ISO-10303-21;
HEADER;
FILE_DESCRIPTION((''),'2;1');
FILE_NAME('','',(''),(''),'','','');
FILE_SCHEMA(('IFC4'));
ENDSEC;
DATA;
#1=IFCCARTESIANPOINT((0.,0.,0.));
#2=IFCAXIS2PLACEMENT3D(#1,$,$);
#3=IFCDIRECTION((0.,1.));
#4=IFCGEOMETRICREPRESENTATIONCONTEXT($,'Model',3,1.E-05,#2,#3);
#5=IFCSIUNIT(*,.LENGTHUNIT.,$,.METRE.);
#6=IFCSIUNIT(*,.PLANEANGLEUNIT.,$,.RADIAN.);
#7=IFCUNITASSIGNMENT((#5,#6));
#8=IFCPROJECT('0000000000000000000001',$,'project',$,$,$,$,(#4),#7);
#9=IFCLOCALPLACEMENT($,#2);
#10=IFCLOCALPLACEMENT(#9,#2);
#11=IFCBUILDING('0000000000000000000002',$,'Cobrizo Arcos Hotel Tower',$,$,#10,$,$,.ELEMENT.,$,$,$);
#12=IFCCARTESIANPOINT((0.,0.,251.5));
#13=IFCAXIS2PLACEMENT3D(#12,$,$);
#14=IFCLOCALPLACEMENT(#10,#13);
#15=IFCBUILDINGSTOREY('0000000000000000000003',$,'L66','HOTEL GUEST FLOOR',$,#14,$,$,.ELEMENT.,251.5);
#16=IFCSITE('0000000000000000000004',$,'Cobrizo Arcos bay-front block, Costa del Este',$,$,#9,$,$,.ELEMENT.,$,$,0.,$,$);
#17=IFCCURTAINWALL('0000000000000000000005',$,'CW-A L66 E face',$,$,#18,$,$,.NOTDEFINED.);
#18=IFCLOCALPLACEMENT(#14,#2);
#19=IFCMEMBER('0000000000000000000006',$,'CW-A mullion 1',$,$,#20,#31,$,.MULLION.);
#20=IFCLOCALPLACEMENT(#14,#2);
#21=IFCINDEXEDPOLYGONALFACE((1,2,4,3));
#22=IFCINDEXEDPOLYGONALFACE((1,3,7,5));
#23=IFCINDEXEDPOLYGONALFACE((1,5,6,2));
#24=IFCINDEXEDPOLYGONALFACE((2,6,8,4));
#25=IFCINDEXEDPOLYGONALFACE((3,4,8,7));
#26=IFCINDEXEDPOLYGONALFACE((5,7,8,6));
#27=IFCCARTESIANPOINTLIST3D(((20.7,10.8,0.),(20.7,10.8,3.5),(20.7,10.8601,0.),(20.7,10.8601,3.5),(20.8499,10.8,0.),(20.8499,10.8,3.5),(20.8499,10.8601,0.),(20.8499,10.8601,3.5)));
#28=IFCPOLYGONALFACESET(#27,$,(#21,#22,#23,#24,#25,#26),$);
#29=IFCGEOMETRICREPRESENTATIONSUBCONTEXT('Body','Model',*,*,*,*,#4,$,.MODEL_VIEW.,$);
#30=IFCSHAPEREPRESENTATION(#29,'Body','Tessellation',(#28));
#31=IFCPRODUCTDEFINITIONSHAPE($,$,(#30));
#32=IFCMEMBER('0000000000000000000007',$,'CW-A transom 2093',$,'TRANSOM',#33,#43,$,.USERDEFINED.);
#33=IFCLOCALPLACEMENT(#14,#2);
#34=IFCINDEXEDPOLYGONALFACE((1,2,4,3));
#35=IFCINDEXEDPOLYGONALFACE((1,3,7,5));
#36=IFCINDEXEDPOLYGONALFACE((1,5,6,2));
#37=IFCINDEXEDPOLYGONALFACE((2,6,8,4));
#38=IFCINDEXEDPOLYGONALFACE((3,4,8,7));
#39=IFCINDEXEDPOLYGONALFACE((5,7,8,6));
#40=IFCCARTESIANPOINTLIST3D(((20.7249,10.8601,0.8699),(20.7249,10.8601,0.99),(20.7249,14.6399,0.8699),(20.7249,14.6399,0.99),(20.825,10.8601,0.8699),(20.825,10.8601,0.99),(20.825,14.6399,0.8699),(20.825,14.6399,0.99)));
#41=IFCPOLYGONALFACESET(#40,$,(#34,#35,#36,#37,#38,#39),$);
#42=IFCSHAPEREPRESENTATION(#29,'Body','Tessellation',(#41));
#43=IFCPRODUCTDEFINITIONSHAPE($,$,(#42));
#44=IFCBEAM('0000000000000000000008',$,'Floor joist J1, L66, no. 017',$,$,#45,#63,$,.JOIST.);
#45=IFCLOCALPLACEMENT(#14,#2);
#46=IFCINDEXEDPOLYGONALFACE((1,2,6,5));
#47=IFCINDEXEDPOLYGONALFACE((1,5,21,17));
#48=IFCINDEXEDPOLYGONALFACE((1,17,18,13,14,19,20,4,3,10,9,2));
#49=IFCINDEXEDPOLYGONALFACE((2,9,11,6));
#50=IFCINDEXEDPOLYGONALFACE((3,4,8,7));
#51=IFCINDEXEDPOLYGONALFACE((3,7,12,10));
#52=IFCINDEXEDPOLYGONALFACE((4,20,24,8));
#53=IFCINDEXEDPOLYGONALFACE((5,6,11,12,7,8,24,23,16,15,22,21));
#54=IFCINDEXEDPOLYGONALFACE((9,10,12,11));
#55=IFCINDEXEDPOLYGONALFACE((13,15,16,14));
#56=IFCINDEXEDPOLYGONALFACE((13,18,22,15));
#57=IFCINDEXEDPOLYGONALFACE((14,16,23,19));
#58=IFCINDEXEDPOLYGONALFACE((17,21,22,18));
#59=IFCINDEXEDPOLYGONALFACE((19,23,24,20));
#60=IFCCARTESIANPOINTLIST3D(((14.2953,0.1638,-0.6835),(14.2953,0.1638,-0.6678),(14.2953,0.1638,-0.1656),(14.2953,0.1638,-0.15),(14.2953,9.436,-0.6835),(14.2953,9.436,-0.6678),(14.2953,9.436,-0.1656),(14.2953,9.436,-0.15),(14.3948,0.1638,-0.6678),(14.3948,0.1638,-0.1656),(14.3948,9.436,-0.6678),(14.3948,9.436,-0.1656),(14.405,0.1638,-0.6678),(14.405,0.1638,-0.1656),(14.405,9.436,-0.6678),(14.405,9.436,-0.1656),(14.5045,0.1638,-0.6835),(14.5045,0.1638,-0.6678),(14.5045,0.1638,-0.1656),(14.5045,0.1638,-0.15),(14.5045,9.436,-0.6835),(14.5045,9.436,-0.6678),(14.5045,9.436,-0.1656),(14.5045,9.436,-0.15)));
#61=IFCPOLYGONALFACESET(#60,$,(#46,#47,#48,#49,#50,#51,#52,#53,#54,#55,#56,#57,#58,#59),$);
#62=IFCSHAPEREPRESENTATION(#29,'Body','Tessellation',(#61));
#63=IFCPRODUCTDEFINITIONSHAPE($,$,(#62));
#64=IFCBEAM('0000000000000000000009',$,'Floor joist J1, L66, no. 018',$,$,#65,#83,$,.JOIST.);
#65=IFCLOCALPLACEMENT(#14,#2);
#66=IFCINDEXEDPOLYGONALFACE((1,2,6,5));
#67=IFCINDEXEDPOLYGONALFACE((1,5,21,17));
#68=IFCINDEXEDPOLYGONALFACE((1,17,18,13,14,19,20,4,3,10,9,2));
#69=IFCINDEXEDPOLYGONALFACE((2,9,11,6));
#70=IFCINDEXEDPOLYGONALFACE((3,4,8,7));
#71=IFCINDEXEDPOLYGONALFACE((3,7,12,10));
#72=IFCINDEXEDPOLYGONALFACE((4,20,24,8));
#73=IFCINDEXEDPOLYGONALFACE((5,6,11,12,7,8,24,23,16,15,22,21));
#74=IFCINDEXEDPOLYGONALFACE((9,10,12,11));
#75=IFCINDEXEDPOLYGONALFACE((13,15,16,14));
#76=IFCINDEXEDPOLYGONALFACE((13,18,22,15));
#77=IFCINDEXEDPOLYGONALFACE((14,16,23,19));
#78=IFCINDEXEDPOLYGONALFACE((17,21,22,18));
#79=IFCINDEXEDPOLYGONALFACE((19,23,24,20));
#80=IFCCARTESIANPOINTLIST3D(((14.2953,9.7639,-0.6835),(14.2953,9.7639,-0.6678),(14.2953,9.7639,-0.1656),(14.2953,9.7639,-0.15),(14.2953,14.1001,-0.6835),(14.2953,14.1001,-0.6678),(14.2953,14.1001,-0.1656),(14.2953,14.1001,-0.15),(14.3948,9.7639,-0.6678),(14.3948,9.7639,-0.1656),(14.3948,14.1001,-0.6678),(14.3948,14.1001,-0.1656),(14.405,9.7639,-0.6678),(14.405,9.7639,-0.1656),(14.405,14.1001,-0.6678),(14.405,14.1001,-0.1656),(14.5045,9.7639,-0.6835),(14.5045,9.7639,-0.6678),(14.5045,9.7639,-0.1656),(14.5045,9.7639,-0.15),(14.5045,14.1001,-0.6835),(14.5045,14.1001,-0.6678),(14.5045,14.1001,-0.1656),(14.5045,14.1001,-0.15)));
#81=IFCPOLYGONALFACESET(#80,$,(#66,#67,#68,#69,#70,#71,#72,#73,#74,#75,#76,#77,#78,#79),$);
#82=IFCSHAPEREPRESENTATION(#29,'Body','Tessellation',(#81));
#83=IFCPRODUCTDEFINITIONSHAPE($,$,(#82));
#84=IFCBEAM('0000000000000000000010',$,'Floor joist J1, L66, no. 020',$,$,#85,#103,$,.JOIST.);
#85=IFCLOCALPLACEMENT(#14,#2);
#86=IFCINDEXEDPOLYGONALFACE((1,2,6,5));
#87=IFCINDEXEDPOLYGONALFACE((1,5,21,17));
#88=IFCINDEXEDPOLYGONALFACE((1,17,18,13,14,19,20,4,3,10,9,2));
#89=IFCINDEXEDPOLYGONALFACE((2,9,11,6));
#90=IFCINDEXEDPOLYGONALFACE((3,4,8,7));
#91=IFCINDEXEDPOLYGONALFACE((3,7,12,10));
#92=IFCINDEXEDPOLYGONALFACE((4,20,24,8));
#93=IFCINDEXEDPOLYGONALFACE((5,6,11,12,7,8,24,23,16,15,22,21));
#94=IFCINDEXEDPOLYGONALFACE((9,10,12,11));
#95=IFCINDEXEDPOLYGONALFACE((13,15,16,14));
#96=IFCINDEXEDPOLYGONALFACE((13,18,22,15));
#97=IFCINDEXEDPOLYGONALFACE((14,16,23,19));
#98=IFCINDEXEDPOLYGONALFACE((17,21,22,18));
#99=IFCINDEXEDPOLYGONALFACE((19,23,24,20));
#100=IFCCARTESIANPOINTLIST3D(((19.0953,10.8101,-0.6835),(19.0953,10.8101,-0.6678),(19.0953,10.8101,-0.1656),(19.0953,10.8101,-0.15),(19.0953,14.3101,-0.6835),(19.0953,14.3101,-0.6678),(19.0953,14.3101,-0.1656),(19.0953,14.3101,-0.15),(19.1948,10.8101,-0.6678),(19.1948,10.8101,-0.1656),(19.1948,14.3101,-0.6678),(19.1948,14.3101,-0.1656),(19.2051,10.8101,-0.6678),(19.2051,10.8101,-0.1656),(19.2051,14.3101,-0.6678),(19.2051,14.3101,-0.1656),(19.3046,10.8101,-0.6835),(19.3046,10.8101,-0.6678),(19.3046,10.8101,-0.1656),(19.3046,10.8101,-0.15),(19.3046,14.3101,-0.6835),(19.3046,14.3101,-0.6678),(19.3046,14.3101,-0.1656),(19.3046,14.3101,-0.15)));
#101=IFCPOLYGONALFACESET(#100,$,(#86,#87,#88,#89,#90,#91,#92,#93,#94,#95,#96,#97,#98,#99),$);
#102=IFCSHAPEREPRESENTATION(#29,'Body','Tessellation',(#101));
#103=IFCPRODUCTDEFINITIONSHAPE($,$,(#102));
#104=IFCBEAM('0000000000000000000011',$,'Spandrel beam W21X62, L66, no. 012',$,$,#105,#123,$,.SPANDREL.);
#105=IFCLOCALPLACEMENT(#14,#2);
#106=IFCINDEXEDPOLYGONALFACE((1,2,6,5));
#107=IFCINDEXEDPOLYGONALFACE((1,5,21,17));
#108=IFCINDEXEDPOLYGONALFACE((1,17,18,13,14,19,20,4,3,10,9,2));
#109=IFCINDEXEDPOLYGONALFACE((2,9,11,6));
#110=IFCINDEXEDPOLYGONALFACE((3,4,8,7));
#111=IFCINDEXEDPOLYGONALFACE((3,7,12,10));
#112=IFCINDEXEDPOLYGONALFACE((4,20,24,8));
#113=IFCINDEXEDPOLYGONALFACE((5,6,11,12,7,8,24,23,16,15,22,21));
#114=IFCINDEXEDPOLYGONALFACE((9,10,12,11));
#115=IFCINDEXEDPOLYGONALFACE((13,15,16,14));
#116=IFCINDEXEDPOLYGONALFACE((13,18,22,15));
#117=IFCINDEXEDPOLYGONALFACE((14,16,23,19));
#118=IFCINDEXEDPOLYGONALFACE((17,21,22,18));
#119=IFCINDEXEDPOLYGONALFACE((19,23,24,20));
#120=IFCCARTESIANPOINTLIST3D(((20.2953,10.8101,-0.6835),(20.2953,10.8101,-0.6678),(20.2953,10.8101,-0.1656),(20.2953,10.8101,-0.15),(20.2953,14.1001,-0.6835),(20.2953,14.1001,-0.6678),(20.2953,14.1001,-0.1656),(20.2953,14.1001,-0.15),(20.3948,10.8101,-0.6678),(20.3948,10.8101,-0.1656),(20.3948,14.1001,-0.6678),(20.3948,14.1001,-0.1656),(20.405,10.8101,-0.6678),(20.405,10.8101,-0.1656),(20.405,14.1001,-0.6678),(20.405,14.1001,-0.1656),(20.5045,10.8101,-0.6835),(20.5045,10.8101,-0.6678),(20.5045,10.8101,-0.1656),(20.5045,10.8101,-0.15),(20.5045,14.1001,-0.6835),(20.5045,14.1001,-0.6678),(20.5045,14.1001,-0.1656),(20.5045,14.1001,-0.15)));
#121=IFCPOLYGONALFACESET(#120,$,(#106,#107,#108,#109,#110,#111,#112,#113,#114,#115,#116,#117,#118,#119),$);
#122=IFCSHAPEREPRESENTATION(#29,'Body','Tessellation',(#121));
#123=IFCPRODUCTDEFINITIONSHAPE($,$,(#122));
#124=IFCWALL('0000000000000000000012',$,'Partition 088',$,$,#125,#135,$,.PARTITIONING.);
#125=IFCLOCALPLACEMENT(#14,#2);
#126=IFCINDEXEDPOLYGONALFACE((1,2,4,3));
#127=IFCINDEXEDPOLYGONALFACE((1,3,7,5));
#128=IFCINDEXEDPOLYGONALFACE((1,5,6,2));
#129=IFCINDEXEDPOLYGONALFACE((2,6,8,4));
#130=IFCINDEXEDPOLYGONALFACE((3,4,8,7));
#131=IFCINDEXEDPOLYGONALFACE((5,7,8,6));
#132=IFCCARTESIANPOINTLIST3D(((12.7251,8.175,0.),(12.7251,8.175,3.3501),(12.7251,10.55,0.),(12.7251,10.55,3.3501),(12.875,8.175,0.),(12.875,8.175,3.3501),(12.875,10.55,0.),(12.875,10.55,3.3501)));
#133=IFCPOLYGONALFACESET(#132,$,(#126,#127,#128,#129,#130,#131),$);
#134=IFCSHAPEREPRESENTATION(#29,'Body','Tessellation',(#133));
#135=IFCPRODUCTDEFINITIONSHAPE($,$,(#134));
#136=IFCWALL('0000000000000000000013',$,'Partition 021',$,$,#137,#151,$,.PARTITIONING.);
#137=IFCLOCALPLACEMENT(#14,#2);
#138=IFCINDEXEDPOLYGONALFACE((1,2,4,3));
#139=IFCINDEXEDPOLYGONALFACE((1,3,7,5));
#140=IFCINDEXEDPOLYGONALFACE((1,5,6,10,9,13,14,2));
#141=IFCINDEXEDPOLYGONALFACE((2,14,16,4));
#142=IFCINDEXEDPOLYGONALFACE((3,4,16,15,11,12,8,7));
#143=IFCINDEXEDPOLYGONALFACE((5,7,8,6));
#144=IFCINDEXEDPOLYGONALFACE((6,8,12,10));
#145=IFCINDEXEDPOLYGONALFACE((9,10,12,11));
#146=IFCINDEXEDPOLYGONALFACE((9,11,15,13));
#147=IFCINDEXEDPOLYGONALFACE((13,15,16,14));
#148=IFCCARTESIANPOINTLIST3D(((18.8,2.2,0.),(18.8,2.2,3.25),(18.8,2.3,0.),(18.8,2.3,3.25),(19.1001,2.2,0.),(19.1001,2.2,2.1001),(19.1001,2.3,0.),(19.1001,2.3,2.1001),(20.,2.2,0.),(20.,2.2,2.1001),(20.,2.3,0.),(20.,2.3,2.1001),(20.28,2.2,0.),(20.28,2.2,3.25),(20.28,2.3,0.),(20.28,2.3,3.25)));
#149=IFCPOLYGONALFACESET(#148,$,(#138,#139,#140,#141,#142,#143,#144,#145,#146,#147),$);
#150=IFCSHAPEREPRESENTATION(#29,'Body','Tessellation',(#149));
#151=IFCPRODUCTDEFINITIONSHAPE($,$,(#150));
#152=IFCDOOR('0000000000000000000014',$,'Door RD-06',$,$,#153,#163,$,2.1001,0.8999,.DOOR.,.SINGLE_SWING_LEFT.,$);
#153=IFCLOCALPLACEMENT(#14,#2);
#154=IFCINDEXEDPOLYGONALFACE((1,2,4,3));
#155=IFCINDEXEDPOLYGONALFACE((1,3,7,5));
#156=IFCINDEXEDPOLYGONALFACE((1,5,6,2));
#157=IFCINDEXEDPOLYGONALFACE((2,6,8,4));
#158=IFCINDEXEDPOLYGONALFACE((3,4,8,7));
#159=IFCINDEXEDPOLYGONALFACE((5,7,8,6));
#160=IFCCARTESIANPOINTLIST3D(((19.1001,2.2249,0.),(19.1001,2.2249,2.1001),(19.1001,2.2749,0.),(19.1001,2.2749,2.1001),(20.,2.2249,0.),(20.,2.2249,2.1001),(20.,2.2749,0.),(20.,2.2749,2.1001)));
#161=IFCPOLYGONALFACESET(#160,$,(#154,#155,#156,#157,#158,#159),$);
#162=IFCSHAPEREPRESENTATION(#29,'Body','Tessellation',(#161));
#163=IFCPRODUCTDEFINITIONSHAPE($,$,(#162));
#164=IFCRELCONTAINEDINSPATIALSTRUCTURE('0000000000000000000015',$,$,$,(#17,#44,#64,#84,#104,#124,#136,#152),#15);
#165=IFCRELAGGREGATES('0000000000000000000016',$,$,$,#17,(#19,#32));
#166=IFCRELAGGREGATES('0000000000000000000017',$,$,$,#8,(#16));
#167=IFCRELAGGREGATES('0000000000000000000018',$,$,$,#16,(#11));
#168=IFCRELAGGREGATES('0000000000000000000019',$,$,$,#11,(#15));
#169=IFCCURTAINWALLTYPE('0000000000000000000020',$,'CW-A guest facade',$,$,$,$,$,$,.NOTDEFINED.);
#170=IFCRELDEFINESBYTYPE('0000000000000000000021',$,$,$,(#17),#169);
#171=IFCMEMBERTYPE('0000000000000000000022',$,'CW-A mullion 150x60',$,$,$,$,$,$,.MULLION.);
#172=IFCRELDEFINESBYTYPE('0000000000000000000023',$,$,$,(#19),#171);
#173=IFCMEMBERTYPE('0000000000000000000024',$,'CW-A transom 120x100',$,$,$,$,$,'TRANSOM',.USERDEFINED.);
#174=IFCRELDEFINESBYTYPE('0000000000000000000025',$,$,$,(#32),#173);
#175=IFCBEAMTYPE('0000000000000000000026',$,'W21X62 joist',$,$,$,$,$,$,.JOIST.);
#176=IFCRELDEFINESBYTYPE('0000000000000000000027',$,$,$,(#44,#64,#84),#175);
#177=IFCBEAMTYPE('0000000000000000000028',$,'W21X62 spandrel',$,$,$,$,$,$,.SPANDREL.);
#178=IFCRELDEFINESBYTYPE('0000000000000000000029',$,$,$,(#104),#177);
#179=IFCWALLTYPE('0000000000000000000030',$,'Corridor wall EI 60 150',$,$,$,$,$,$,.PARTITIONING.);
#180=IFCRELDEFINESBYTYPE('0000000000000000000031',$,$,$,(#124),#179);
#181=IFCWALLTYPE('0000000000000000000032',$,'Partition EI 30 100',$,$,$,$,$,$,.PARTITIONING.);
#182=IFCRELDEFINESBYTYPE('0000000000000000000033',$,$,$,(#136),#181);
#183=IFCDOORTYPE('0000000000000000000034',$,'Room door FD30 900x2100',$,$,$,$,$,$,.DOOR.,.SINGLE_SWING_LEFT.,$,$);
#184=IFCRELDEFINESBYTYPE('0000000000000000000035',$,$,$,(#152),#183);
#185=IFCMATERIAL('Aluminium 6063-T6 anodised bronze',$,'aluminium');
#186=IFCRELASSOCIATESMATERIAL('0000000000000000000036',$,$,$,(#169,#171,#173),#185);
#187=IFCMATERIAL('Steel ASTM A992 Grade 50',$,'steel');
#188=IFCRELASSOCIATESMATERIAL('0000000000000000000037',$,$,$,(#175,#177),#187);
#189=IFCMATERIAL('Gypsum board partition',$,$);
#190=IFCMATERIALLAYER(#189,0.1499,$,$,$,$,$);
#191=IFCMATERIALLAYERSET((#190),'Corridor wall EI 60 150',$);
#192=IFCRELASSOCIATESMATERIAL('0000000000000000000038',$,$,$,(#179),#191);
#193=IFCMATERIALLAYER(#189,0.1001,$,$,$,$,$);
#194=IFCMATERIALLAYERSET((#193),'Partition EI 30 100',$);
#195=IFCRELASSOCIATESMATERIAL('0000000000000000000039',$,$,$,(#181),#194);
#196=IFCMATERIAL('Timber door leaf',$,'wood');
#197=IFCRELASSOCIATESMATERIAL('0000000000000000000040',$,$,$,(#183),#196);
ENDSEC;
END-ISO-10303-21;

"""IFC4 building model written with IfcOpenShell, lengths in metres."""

from ifc_helpers import new_model, si_unit, direction, frame, frame_2d, origin, origin_2d, place, context, subcontext, project, spatial, rectangle, i_section, extrude, material, layer, layer_set, material_profile, profile_set, type_object, element, fill, aggregate, save


model = new_model("IFC4")

# Units and contexts
model_context = context("Model", 3, precision=1e-05, world=origin(), true_north=direction((0.0, 1.0)))
body_context = subcontext(model_context, "Body", "Model", "MODEL_VIEW")
ifc_project = project(units=[si_unit("LENGTHUNIT", "METRE"), si_unit("PLANEANGLEUNIT", "RADIAN")], contexts=[model_context])

# Site, building, storey
site_placement = place(None, origin())
site = spatial("IfcSite", under=ifc_project, at=site_placement, Name="Cobrizo Arcos bay-front block, Costa del Este", CompositionType="ELEMENT", RefElevation=0.0)
building_placement = place(site_placement, origin())
building = spatial("IfcBuilding", under=site, at=building_placement, Name="Cobrizo Arcos Hotel Tower", CompositionType="ELEMENT")
storey_placement = place(building_placement, frame((0.0, 0.0, 251.5)))
storey = spatial("IfcBuildingStorey", under=building, at=storey_placement, Name="L66", Description="HOTEL GUEST FLOOR", CompositionType="ELEMENT", Elevation=251.5)

# Curtain wall, members
ifc_material_1 = material(Name="Aluminium 6063-T6 anodised bronze", Category="aluminium")
curtain_wall_type = type_object("IfcCurtainWallType", Name="CW-A guest facade", PredefinedType="NOTDEFINED", material=ifc_material_1)
curtain_wall_placement = place(storey_placement, origin())
curtain_wall = element("IfcCurtainWall", 1, at=curtain_wall_placement, inside=storey, type_object=curtain_wall_type, Name="CW-A L66 E face", PredefinedType="NOTDEFINED")
ifc_material_profile_1 = material_profile(ifc_material_1, rectangle(XDim=0.1499, YDim=0.0601, at=origin_2d()), Name="CW-A mullion 150x60")
ifc_profile_set_1 = profile_set([ifc_material_profile_1], Name="Aluminium 6063-T6 anodised bronze")
member_type_1 = type_object("IfcMemberType", Name="CW-A mullion 150x60", PredefinedType="MULLION", material=ifc_profile_set_1)
member_1_placement = place(storey_placement, frame((20.7749, 10.8301, 0.0), z_axis=(0.0, 0.0, 1.0), x_axis=(1.0, 0.0, 0.0)))
member_1 = element("IfcMember", 2, at=member_1_placement, type_object=member_type_1, Name="CW-A mullion 1", PredefinedType="MULLION", context=body_context, shape_type="SweptSolid", body=[
    extrude(rectangle(XDim=0.1499, YDim=0.0601, at=origin_2d()), origin(), (0.0, 0.0, 1.0), 3.5),
])
ifc_material_profile_2 = material_profile(ifc_material_1, rectangle(XDim=0.1001, YDim=0.1201, at=origin_2d()), Name="CW-A transom 120x100")
ifc_profile_set_2 = profile_set([ifc_material_profile_2], Name="Aluminium 6063-T6 anodised bronze")
member_type_2 = type_object("IfcMemberType", Name="CW-A transom 120x100", ElementType="TRANSOM", PredefinedType="USERDEFINED", material=ifc_profile_set_2)
member_2_placement = place(storey_placement, frame((20.7749, 10.8601, 0.9299), z_axis=(0.0, 1.0, 0.0), x_axis=(-1.0, 0.0, 0.0)))
member_2 = element("IfcMember", 3, at=member_2_placement, type_object=member_type_2, Name="CW-A transom 2093", ObjectType="TRANSOM", PredefinedType="USERDEFINED", context=body_context, shape_type="SweptSolid", body=[
    extrude(rectangle(XDim=0.1001, YDim=0.1201, at=origin_2d()), origin(), (0.0, 0.0, 1.0), 3.7798),
])
aggregate(curtain_wall, [member_1, member_2])

# Beams
ifc_material_2 = material(Name="Steel ASTM A992 Grade 50", Category="steel")
ifc_material_profile_3 = material_profile(ifc_material_2, i_section(OverallWidth=0.2092, OverallDepth=0.5334, WebThickness=0.0103, FlangeThickness=0.0156, at=origin_2d()), Name="W21X62")
ifc_profile_set_3 = profile_set([ifc_material_profile_3], Name="Steel ASTM A992 Grade 50")
beam_type_1 = type_object("IfcBeamType", Name="W21X62 joist", PredefinedType="JOIST", material=ifc_profile_set_3)
beam_1_placement = place(storey_placement, frame((14.3999, 0.1638, -0.4167), z_axis=(0.0, 1.0, 0.0), x_axis=(-1.0, 0.0, 0.0)))
element("IfcBeam", 4, at=beam_1_placement, inside=storey, type_object=beam_type_1, Name="Floor joist J1, L66, no. 017", PredefinedType="JOIST", context=body_context, shape_type="SweptSolid", body=[
    extrude(i_section(OverallWidth=0.2092, OverallDepth=0.5334, WebThickness=0.0103, FlangeThickness=0.0156, at=origin_2d()), origin(), (0.0, 0.0, 1.0), 9.2722),
])
beam_2_placement = place(storey_placement, frame((14.3999, 9.7639, -0.4167), z_axis=(0.0, 1.0, 0.0), x_axis=(-1.0, 0.0, 0.0)))
element("IfcBeam", 5, at=beam_2_placement, inside=storey, type_object=beam_type_1, Name="Floor joist J1, L66, no. 018", PredefinedType="JOIST", context=body_context, shape_type="SweptSolid", body=[
    extrude(i_section(OverallWidth=0.2092, OverallDepth=0.5334, WebThickness=0.0103, FlangeThickness=0.0156, at=origin_2d()), origin(), (0.0, 0.0, 1.0), 4.3362),
])
beam_3_placement = place(storey_placement, frame((19.2, 10.8101, -0.4167), z_axis=(0.0, 1.0, 0.0), x_axis=(-1.0, 0.0, 0.0)))
element("IfcBeam", 6, at=beam_3_placement, inside=storey, type_object=beam_type_1, Name="Floor joist J1, L66, no. 020", PredefinedType="JOIST", context=body_context, shape_type="SweptSolid", body=[
    extrude(i_section(OverallWidth=0.2092, OverallDepth=0.5334, WebThickness=0.0103, FlangeThickness=0.0156, at=origin_2d()), origin(), (0.0, 0.0, 1.0), 3.5),
])
ifc_material_profile_4 = material_profile(ifc_material_2, i_section(OverallWidth=0.2092, OverallDepth=0.5334, WebThickness=0.0103, FlangeThickness=0.0156, at=origin_2d()), Name="W21X62")
ifc_profile_set_4 = profile_set([ifc_material_profile_4], Name="Steel ASTM A992 Grade 50")
beam_type_2 = type_object("IfcBeamType", Name="W21X62 spandrel", PredefinedType="SPANDREL", material=ifc_profile_set_4)
beam_4_placement = place(storey_placement, frame((20.3999, 10.8101, -0.4167), z_axis=(0.0, 1.0, 0.0), x_axis=(-1.0, 0.0, 0.0)))
element("IfcBeam", 7, at=beam_4_placement, inside=storey, type_object=beam_type_2, Name="Spandrel beam W21X62, L66, no. 012", PredefinedType="SPANDREL", context=body_context, shape_type="SweptSolid", body=[
    extrude(i_section(OverallWidth=0.2092, OverallDepth=0.5334, WebThickness=0.0103, FlangeThickness=0.0156, at=origin_2d()), origin(), (0.0, 0.0, 1.0), 3.29),
])

# Wall
ifc_material_3 = material(Name="Gypsum board partition")
ifc_layer_1 = layer(ifc_material_3, 0.1499)
ifc_layer_set_1 = layer_set([ifc_layer_1], Name="Corridor wall EI 60 150")
wall_type_1 = type_object("IfcWallType", Name="Corridor wall EI 60 150", PredefinedType="PARTITIONING", material=ifc_layer_set_1)
wall_1_placement = place(storey_placement, frame((12.8, 8.175, 0.0), z_axis=(0.0, 0.0, 1.0), x_axis=(0.0, 1.0, 0.0)))
element("IfcWall", 8, at=wall_1_placement, inside=storey, type_object=wall_type_1, Name="Partition 088", PredefinedType="PARTITIONING", context=body_context, shape_type="SweptSolid", body=[
    extrude(rectangle(XDim=2.375, YDim=0.1499, at=frame_2d((1.1875, 0.0))), origin(), (0.0, 0.0, 1.0), 3.3501),
])

# Wall, opening, door
ifc_layer_2 = layer(ifc_material_3, 0.1001)
ifc_layer_set_2 = layer_set([ifc_layer_2], Name="Partition EI 30 100")
wall_type_2 = type_object("IfcWallType", Name="Partition EI 30 100", PredefinedType="PARTITIONING", material=ifc_layer_set_2)
wall_2_placement = place(storey_placement, frame((18.8, 2.25, 0.0), z_axis=(0.0, 0.0, 1.0), x_axis=(1.0, 0.0, 0.0)))
wall_2 = element("IfcWall", 9, at=wall_2_placement, inside=storey, type_object=wall_type_2, Name="Partition 021", PredefinedType="PARTITIONING", context=body_context, shape_type="SweptSolid", body=[
    extrude(rectangle(XDim=1.48, YDim=0.1001, at=frame_2d((0.74, 0.0))), origin(), (0.0, 0.0, 1.0), 3.25),
])
opening_1_placement = place(wall_2_placement, frame((0.3, 0.0, 0.0)))
opening_1 = element("IfcOpeningElement", 10, at=opening_1_placement, cuts=wall_2, PredefinedType="OPENING", context=body_context, shape_type="SweptSolid", body=[
    extrude(rectangle(XDim=0.8999, YDim=2.1001, at=frame_2d((0.45, 1.05))), frame((0.0, 0.062, 0.0), z_axis=(0.0, -1.0, 0.0), x_axis=(1.0, 0.0, 0.0)), (0.0, 0.0, 1.0), 0.124),
])
ifc_material_4 = material(Name="Timber door leaf", Category="wood")
door_type = type_object("IfcDoorType", Name="Room door FD30 900x2100", OperationType="SINGLE_SWING_LEFT", PredefinedType="DOOR", material=ifc_material_4)
door_1_placement = place(opening_1_placement, origin())
door_1 = element("IfcDoor", 11, at=door_1_placement, inside=storey, type_object=door_type, Name="Door RD-06", OperationType="SINGLE_SWING_LEFT", OverallHeight=2.1001, OverallWidth=0.8999, PredefinedType="DOOR", context=body_context, shape_type="SweptSolid", body=[
    extrude(rectangle(XDim=0.8999, YDim=2.1001, at=frame_2d((0.45, 1.05))), frame((0.0, 0.0249, 0.0), z_axis=(0.0, -1.0, 0.0), x_axis=(1.0, 0.0, 0.0)), (0.0, 0.0, 1.0), 0.05),
])
fill(opening_1, door_1)

save(model, "model.ifc")
